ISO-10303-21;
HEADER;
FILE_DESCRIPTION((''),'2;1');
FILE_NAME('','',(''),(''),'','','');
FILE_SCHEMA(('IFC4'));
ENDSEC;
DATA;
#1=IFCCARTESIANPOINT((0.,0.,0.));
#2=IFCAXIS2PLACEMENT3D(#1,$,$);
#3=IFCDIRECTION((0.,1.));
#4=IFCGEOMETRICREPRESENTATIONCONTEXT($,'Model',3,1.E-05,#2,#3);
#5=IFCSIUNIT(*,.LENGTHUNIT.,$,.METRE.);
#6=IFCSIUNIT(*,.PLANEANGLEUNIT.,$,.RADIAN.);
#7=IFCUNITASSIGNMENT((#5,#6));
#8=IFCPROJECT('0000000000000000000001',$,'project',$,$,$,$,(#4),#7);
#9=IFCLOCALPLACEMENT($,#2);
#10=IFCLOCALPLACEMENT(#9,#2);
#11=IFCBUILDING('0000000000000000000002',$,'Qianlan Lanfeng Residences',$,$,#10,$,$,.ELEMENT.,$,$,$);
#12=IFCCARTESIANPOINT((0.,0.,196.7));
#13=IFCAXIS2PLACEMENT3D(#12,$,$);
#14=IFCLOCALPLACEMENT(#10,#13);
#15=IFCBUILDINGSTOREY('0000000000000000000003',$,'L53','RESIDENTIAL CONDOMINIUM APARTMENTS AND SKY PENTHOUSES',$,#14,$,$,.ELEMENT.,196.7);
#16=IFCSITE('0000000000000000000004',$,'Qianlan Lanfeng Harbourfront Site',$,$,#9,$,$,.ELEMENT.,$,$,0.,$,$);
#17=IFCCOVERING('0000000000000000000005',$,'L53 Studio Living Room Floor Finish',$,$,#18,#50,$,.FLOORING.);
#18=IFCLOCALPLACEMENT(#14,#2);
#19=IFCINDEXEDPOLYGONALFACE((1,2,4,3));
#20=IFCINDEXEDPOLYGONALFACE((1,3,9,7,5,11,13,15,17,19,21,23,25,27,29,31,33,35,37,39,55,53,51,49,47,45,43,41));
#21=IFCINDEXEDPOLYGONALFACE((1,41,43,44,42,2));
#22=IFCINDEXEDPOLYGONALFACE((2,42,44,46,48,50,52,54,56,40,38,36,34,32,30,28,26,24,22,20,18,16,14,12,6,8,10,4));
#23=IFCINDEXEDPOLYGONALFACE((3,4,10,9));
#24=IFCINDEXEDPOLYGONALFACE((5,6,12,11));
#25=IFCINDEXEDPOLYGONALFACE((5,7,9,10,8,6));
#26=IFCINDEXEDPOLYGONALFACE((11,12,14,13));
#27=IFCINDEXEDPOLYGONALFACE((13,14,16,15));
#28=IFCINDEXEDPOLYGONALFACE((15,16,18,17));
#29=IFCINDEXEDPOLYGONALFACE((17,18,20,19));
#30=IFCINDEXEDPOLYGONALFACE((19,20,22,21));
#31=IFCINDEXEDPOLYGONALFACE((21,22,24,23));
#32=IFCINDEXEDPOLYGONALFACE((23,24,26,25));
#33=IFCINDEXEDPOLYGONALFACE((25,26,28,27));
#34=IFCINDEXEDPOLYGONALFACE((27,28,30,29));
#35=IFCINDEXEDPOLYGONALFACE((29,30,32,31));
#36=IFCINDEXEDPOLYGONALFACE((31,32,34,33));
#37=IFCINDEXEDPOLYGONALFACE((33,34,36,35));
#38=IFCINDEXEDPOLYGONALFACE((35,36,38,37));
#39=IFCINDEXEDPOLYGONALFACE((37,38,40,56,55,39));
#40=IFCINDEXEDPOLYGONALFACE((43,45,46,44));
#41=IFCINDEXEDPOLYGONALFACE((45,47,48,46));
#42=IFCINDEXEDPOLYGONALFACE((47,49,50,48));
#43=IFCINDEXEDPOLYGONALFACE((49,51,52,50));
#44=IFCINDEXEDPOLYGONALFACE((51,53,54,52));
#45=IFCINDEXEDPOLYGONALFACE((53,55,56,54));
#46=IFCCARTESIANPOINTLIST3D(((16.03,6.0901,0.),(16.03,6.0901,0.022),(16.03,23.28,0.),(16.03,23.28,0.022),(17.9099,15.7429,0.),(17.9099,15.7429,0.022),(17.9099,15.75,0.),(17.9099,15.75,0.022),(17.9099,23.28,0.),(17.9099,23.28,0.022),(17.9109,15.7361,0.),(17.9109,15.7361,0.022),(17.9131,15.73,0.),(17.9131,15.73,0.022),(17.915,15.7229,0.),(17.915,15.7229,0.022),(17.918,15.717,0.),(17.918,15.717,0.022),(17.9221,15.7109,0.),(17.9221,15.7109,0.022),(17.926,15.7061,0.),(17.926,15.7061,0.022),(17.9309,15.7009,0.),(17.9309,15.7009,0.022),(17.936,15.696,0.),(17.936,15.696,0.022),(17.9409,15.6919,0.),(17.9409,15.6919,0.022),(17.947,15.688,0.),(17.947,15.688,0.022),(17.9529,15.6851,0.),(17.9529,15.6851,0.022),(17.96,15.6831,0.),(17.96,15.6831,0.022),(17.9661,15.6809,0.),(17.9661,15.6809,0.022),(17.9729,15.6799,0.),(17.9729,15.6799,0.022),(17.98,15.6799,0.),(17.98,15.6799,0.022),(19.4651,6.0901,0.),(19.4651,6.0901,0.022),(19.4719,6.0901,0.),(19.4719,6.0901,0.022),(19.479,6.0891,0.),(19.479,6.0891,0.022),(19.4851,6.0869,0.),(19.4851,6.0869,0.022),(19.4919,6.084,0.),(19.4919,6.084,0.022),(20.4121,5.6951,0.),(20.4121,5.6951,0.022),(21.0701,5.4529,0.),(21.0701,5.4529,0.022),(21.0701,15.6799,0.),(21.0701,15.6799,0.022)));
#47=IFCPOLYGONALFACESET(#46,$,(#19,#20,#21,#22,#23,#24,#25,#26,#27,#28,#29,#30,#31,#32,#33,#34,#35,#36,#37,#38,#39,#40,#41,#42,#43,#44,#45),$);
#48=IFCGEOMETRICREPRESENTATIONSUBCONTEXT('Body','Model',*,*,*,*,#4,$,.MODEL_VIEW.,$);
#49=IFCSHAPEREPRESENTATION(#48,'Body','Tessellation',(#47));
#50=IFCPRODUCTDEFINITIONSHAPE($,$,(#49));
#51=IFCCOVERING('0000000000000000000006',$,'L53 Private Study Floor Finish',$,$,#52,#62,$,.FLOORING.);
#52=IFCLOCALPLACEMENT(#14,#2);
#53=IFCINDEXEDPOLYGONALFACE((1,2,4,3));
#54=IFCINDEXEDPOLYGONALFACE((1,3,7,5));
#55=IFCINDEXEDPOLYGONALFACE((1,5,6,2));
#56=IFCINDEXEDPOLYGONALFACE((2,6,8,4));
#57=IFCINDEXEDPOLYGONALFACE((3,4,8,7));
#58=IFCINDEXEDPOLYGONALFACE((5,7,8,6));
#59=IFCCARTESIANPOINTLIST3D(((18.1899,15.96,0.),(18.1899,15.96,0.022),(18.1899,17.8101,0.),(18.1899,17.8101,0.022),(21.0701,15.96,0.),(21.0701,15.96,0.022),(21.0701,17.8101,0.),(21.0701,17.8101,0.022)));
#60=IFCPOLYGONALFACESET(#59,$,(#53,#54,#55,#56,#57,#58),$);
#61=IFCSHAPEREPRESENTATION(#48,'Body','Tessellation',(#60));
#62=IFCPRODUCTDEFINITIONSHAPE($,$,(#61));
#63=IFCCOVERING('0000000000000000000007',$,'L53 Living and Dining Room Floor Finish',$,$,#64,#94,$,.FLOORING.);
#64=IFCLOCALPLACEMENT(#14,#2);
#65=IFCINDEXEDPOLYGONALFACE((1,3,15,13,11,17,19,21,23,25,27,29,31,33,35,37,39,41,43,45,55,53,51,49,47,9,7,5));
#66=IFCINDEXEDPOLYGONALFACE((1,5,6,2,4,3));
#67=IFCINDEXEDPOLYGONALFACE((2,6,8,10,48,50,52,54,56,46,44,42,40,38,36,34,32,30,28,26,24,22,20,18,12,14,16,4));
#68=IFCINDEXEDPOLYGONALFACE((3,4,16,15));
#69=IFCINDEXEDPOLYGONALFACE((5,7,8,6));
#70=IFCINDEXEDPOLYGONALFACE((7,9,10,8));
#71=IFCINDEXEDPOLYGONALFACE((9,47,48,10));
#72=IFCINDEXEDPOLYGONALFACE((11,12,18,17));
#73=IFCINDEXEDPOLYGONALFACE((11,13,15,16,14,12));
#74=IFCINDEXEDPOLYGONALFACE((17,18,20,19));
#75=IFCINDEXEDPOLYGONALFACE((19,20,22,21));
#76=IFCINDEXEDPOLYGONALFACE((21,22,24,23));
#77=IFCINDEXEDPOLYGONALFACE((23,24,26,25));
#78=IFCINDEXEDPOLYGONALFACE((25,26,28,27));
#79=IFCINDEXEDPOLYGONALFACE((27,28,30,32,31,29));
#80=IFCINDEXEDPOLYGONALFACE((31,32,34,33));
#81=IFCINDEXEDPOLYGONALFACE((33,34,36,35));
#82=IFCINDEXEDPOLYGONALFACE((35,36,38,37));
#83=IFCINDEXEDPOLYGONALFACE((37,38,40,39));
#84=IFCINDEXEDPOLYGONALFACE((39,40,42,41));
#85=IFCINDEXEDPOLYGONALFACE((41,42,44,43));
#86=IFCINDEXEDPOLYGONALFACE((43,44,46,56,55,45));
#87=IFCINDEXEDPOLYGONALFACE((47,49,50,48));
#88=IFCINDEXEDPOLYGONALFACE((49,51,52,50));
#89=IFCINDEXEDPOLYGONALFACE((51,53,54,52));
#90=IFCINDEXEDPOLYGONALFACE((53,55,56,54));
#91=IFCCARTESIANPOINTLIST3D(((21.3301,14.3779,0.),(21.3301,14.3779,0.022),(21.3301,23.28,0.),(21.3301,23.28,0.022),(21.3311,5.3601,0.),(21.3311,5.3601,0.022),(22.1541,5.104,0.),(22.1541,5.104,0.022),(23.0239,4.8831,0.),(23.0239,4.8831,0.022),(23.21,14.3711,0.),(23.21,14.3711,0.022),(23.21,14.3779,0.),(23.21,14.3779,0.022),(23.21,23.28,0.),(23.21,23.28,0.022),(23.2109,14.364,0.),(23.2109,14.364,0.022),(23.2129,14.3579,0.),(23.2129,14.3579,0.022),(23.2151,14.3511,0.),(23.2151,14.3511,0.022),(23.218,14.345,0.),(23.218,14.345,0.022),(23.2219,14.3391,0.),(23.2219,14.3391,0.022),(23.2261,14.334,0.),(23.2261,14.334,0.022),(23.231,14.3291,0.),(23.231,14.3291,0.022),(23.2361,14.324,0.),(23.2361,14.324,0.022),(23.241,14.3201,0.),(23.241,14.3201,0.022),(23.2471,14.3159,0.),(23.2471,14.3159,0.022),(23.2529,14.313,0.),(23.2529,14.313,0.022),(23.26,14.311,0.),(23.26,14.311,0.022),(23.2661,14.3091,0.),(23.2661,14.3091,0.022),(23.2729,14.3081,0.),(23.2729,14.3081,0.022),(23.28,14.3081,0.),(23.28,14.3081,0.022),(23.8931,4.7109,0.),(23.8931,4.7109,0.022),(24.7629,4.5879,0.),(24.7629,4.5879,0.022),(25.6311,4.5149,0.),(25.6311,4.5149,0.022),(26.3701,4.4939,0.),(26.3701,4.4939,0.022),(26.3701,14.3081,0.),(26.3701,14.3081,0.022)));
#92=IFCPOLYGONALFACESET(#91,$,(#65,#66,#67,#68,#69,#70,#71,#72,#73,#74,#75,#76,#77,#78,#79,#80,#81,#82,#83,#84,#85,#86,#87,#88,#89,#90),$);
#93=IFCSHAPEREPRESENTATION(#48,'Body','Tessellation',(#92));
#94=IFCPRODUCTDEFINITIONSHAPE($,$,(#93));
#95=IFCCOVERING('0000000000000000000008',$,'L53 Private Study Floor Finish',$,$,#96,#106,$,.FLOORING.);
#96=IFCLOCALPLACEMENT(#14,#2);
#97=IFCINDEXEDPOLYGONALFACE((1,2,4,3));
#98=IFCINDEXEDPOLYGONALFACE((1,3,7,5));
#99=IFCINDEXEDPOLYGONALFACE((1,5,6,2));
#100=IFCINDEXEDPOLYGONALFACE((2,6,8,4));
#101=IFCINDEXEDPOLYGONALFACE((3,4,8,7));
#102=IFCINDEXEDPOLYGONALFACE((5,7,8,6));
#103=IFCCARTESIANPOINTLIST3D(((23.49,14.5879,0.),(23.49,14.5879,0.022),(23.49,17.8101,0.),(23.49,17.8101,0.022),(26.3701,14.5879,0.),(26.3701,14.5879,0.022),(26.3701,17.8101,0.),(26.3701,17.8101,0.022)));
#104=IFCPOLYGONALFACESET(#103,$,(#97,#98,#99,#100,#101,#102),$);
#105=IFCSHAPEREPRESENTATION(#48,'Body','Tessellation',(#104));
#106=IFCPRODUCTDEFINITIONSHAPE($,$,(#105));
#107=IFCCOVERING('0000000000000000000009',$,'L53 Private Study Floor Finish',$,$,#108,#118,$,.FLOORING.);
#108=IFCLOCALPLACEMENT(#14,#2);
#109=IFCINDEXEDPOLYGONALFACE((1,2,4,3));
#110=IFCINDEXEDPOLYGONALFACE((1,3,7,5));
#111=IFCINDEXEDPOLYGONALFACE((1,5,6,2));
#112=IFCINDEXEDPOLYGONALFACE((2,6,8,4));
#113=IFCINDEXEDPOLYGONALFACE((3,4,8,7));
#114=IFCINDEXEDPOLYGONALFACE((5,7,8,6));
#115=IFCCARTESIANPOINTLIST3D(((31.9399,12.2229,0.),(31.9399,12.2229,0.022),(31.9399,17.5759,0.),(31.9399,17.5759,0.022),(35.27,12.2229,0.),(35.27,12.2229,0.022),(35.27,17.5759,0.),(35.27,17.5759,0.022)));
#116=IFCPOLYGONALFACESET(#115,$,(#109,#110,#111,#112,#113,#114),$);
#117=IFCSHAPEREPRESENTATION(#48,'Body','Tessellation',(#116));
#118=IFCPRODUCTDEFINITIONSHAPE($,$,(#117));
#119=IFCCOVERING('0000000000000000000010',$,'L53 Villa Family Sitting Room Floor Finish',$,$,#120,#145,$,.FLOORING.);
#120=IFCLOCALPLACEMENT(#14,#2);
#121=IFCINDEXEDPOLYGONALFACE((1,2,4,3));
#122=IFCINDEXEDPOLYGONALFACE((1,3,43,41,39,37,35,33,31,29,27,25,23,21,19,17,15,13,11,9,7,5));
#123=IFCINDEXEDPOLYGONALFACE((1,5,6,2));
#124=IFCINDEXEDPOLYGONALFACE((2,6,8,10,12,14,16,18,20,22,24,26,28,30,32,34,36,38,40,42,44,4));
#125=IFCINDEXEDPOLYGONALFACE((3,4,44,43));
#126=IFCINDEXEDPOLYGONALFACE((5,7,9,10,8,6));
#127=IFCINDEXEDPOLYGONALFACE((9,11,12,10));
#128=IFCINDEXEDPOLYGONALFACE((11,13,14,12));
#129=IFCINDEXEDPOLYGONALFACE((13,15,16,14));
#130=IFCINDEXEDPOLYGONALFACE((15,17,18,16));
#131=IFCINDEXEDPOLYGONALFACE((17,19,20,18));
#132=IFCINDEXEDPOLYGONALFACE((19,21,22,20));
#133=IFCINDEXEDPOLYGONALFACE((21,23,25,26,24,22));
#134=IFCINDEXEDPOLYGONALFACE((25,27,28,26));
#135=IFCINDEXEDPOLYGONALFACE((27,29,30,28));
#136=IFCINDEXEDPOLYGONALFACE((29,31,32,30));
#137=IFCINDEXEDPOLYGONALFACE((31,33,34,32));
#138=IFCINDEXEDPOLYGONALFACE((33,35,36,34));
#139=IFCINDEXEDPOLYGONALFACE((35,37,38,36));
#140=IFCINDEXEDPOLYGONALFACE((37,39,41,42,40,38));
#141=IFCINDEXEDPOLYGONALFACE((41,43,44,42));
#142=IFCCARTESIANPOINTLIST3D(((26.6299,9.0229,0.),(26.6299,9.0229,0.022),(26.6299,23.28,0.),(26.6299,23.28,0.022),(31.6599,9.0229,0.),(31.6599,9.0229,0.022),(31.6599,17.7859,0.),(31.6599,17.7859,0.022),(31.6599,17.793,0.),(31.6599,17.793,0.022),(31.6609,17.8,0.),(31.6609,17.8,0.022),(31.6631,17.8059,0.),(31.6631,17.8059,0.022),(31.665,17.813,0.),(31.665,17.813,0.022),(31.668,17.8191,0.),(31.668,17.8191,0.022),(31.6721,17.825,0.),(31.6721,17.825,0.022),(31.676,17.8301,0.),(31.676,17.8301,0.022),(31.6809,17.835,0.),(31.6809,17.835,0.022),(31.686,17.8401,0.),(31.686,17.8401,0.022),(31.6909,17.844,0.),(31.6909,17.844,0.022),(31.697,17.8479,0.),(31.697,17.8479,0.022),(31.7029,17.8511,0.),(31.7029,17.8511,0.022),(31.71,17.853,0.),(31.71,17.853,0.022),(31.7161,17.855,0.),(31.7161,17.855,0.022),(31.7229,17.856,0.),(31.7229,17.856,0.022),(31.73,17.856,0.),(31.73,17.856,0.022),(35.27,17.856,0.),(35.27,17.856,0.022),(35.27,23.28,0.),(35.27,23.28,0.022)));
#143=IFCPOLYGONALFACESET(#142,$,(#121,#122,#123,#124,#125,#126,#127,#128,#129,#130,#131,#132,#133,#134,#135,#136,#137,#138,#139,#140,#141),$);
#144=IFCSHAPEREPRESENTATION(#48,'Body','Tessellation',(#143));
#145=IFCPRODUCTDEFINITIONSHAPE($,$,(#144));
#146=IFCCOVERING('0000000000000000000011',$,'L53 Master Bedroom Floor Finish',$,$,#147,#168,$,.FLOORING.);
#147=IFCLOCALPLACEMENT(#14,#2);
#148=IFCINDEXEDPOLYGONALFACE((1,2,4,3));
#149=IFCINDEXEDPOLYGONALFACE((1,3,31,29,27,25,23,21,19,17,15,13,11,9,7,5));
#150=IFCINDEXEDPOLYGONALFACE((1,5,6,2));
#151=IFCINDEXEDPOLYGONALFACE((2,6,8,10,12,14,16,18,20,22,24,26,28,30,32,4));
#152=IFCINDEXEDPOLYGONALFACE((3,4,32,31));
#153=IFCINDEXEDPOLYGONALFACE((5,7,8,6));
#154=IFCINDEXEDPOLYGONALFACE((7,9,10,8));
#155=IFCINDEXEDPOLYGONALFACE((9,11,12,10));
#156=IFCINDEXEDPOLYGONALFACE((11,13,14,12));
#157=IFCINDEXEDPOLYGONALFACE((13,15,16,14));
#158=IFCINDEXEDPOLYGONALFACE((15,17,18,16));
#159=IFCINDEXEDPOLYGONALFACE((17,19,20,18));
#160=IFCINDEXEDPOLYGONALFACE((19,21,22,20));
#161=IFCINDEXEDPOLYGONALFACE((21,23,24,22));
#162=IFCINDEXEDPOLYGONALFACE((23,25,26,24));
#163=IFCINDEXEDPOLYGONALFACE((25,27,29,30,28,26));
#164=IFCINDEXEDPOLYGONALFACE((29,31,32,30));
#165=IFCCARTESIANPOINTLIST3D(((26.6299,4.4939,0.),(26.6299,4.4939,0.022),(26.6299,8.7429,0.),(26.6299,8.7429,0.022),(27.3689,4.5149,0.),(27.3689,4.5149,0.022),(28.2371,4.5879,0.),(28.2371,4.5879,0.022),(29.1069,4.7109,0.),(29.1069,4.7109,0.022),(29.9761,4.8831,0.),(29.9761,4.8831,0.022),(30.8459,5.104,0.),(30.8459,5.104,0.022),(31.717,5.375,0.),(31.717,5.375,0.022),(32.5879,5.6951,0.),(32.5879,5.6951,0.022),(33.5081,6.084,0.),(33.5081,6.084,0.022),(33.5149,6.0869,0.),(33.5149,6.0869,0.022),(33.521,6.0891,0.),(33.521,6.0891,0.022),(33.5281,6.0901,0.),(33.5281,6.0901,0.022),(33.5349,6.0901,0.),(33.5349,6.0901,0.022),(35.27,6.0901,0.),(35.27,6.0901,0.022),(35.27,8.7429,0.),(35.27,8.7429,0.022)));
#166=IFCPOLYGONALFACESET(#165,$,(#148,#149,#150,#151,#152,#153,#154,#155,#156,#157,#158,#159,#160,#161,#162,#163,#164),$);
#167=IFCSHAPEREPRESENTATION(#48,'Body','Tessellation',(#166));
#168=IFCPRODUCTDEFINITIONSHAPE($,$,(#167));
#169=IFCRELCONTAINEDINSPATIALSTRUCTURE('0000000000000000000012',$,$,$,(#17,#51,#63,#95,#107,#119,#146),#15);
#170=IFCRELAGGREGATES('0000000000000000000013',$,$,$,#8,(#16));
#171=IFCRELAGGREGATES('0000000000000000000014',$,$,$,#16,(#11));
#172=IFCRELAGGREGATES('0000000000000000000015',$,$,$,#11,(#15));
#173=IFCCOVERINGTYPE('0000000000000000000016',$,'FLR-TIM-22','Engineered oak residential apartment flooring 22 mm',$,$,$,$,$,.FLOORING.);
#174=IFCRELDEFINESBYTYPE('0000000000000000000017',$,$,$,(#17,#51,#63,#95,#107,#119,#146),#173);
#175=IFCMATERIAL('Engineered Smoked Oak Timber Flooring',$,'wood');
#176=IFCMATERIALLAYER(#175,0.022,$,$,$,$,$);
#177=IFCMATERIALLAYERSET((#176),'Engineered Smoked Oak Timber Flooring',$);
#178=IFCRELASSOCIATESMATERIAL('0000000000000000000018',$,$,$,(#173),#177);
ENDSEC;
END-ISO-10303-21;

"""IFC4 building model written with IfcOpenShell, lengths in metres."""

from ifc_helpers import new_model, si_unit, direction, frame, origin, place, context, subcontext, project, spatial, polyline, outline, extrude, material, layer, layer_set, type_object, element, save


model = new_model("IFC4")

# Units and contexts
model_context = context("Model", 3, precision=1e-05, world=origin(), true_north=direction((0.0, 1.0)))
body_context = subcontext(model_context, "Body", "Model", "MODEL_VIEW")
ifc_project = project(units=[si_unit("LENGTHUNIT", "METRE"), si_unit("PLANEANGLEUNIT", "RADIAN")], contexts=[model_context])

# Site, building, storey
site_placement = place(None, origin())
site = spatial("IfcSite", under=ifc_project, at=site_placement, Name="Qianlan Lanfeng Harbourfront Site", CompositionType="ELEMENT", RefElevation=0.0)
building_placement = place(site_placement, origin())
building = spatial("IfcBuilding", under=site, at=building_placement, Name="Qianlan Lanfeng Residences", CompositionType="ELEMENT")
storey_placement = place(building_placement, frame((0.0, 0.0, 196.7)))
storey = spatial("IfcBuildingStorey", under=building, at=storey_placement, Name="L53", Description="RESIDENTIAL CONDOMINIUM APARTMENTS AND SKY PENTHOUSES", CompositionType="ELEMENT", Elevation=196.7)

# Coverings
ifc_material_1 = material(Name="Engineered Smoked Oak Timber Flooring", Category="wood")
ifc_layer_1 = layer(ifc_material_1, 0.022)
ifc_layer_set_1 = layer_set([ifc_layer_1], Name="Engineered Smoked Oak Timber Flooring")
covering_type_1 = type_object("IfcCoveringType", Name="FLR-TIM-22", Description="Engineered oak residential apartment flooring 22 mm", PredefinedType="FLOORING", material=ifc_layer_set_1)
covering_1_placement = place(storey_placement, origin())
element("IfcCovering", 1, at=covering_1_placement, inside=storey, type_object=covering_type_1, Name="L53 Studio Living Room Floor Finish", PredefinedType="FLOORING", context=body_context, shape_type="SweptSolid", body=[
    extrude(outline(polyline([(21.0701, 5.4529), (21.0701, 15.6799), (17.98, 15.6799), (17.9729, 15.6799), (17.9661, 15.6809), (17.96, 15.6831), (17.9529, 15.6851), (17.947, 15.688), (17.9409, 15.6919), (17.936, 15.696), (17.9309, 15.7009), (17.926, 15.7061), (17.9221, 15.7109), (17.918, 15.717), (17.915, 15.7229), (17.9131, 15.73), (17.9109, 15.7361), (17.9099, 15.7429), (17.9099, 15.75), (17.9099, 23.28), (16.03, 23.28), (16.03, 6.0901), (19.4651, 6.0901), (19.4719, 6.0901), (19.479, 6.0891), (19.4851, 6.0869), (19.4919, 6.084), (20.4121, 5.6951), (21.0701, 5.4529)])), origin(), (0.0, 0.0, 1.0), 0.022),
])
covering_2_placement = place(storey_placement, origin())
element("IfcCovering", 2, at=covering_2_placement, inside=storey, type_object=covering_type_1, Name="L53 Private Study Floor Finish", PredefinedType="FLOORING", context=body_context, shape_type="SweptSolid", body=[
    extrude(outline(polyline([(18.1899, 17.8101), (18.1899, 15.96), (21.0701, 15.96), (21.0701, 17.8101), (18.1899, 17.8101)])), origin(), (0.0, 0.0, 1.0), 0.022),
])
covering_3_placement = place(storey_placement, origin())
element("IfcCovering", 3, at=covering_3_placement, inside=storey, type_object=covering_type_1, Name="L53 Living and Dining Room Floor Finish", PredefinedType="FLOORING", context=body_context, shape_type="SweptSolid", body=[
    extrude(outline(polyline([(26.3701, 4.4939), (26.3701, 14.3081), (23.28, 14.3081), (23.2729, 14.3081), (23.2661, 14.3091), (23.26, 14.311), (23.2529, 14.313), (23.2471, 14.3159), (23.241, 14.3201), (23.2361, 14.324), (23.231, 14.3291), (23.2261, 14.334), (23.2219, 14.3391), (23.218, 14.345), (23.2151, 14.3511), (23.2129, 14.3579), (23.2109, 14.364), (23.21, 14.3711), (23.21, 14.3779), (23.21, 23.28), (21.3301, 23.28), (21.3301, 14.3779), (21.3311, 5.3601), (22.1541, 5.104), (23.0239, 4.8831), (23.8931, 4.7109), (24.7629, 4.5879), (25.6311, 4.5149), (26.3701, 4.4939)])), origin(), (0.0, 0.0, 1.0), 0.022),
])
covering_4_placement = place(storey_placement, origin())
element("IfcCovering", 4, at=covering_4_placement, inside=storey, type_object=covering_type_1, Name="L53 Private Study Floor Finish", PredefinedType="FLOORING", context=body_context, shape_type="SweptSolid", body=[
    extrude(outline(polyline([(23.49, 17.8101), (23.49, 14.5879), (26.3701, 14.5879), (26.3701, 17.8101), (23.49, 17.8101)])), origin(), (0.0, 0.0, 1.0), 0.022),
])
covering_5_placement = place(storey_placement, origin())
element("IfcCovering", 5, at=covering_5_placement, inside=storey, type_object=covering_type_1, Name="L53 Private Study Floor Finish", PredefinedType="FLOORING", context=body_context, shape_type="SweptSolid", body=[
    extrude(outline(polyline([(31.9399, 12.2229), (35.27, 12.2229), (35.27, 17.5759), (31.9399, 17.5759), (31.9399, 12.2229)])), origin(), (0.0, 0.0, 1.0), 0.022),
])
covering_6_placement = place(storey_placement, origin())
element("IfcCovering", 6, at=covering_6_placement, inside=storey, type_object=covering_type_1, Name="L53 Villa Family Sitting Room Floor Finish", PredefinedType="FLOORING", context=body_context, shape_type="SweptSolid", body=[
    extrude(outline(polyline([(26.6299, 9.0229), (31.6599, 9.0229), (31.6599, 17.7859), (31.6599, 17.793), (31.6609, 17.8), (31.6631, 17.8059), (31.665, 17.813), (31.668, 17.8191), (31.6721, 17.825), (31.676, 17.8301), (31.6809, 17.835), (31.686, 17.8401), (31.6909, 17.844), (31.697, 17.8479), (31.7029, 17.8511), (31.71, 17.853), (31.7161, 17.855), (31.7229, 17.856), (31.73, 17.856), (35.27, 17.856), (35.27, 23.28), (26.6299, 23.28), (26.6299, 9.0229)])), origin(), (0.0, 0.0, 1.0), 0.022),
])
covering_7_placement = place(storey_placement, origin())
element("IfcCovering", 7, at=covering_7_placement, inside=storey, type_object=covering_type_1, Name="L53 Master Bedroom Floor Finish", PredefinedType="FLOORING", context=body_context, shape_type="SweptSolid", body=[
    extrude(outline(polyline([(26.6299, 8.7429), (26.6299, 4.4939), (27.3689, 4.5149), (28.2371, 4.5879), (29.1069, 4.7109), (29.9761, 4.8831), (30.8459, 5.104), (31.717, 5.375), (32.5879, 5.6951), (33.5081, 6.084), (33.5149, 6.0869), (33.521, 6.0891), (33.5281, 6.0901), (33.5349, 6.0901), (35.27, 6.0901), (35.27, 8.7429), (26.6299, 8.7429)])), origin(), (0.0, 0.0, 1.0), 0.022),
])

save(model, "model.ifc")
